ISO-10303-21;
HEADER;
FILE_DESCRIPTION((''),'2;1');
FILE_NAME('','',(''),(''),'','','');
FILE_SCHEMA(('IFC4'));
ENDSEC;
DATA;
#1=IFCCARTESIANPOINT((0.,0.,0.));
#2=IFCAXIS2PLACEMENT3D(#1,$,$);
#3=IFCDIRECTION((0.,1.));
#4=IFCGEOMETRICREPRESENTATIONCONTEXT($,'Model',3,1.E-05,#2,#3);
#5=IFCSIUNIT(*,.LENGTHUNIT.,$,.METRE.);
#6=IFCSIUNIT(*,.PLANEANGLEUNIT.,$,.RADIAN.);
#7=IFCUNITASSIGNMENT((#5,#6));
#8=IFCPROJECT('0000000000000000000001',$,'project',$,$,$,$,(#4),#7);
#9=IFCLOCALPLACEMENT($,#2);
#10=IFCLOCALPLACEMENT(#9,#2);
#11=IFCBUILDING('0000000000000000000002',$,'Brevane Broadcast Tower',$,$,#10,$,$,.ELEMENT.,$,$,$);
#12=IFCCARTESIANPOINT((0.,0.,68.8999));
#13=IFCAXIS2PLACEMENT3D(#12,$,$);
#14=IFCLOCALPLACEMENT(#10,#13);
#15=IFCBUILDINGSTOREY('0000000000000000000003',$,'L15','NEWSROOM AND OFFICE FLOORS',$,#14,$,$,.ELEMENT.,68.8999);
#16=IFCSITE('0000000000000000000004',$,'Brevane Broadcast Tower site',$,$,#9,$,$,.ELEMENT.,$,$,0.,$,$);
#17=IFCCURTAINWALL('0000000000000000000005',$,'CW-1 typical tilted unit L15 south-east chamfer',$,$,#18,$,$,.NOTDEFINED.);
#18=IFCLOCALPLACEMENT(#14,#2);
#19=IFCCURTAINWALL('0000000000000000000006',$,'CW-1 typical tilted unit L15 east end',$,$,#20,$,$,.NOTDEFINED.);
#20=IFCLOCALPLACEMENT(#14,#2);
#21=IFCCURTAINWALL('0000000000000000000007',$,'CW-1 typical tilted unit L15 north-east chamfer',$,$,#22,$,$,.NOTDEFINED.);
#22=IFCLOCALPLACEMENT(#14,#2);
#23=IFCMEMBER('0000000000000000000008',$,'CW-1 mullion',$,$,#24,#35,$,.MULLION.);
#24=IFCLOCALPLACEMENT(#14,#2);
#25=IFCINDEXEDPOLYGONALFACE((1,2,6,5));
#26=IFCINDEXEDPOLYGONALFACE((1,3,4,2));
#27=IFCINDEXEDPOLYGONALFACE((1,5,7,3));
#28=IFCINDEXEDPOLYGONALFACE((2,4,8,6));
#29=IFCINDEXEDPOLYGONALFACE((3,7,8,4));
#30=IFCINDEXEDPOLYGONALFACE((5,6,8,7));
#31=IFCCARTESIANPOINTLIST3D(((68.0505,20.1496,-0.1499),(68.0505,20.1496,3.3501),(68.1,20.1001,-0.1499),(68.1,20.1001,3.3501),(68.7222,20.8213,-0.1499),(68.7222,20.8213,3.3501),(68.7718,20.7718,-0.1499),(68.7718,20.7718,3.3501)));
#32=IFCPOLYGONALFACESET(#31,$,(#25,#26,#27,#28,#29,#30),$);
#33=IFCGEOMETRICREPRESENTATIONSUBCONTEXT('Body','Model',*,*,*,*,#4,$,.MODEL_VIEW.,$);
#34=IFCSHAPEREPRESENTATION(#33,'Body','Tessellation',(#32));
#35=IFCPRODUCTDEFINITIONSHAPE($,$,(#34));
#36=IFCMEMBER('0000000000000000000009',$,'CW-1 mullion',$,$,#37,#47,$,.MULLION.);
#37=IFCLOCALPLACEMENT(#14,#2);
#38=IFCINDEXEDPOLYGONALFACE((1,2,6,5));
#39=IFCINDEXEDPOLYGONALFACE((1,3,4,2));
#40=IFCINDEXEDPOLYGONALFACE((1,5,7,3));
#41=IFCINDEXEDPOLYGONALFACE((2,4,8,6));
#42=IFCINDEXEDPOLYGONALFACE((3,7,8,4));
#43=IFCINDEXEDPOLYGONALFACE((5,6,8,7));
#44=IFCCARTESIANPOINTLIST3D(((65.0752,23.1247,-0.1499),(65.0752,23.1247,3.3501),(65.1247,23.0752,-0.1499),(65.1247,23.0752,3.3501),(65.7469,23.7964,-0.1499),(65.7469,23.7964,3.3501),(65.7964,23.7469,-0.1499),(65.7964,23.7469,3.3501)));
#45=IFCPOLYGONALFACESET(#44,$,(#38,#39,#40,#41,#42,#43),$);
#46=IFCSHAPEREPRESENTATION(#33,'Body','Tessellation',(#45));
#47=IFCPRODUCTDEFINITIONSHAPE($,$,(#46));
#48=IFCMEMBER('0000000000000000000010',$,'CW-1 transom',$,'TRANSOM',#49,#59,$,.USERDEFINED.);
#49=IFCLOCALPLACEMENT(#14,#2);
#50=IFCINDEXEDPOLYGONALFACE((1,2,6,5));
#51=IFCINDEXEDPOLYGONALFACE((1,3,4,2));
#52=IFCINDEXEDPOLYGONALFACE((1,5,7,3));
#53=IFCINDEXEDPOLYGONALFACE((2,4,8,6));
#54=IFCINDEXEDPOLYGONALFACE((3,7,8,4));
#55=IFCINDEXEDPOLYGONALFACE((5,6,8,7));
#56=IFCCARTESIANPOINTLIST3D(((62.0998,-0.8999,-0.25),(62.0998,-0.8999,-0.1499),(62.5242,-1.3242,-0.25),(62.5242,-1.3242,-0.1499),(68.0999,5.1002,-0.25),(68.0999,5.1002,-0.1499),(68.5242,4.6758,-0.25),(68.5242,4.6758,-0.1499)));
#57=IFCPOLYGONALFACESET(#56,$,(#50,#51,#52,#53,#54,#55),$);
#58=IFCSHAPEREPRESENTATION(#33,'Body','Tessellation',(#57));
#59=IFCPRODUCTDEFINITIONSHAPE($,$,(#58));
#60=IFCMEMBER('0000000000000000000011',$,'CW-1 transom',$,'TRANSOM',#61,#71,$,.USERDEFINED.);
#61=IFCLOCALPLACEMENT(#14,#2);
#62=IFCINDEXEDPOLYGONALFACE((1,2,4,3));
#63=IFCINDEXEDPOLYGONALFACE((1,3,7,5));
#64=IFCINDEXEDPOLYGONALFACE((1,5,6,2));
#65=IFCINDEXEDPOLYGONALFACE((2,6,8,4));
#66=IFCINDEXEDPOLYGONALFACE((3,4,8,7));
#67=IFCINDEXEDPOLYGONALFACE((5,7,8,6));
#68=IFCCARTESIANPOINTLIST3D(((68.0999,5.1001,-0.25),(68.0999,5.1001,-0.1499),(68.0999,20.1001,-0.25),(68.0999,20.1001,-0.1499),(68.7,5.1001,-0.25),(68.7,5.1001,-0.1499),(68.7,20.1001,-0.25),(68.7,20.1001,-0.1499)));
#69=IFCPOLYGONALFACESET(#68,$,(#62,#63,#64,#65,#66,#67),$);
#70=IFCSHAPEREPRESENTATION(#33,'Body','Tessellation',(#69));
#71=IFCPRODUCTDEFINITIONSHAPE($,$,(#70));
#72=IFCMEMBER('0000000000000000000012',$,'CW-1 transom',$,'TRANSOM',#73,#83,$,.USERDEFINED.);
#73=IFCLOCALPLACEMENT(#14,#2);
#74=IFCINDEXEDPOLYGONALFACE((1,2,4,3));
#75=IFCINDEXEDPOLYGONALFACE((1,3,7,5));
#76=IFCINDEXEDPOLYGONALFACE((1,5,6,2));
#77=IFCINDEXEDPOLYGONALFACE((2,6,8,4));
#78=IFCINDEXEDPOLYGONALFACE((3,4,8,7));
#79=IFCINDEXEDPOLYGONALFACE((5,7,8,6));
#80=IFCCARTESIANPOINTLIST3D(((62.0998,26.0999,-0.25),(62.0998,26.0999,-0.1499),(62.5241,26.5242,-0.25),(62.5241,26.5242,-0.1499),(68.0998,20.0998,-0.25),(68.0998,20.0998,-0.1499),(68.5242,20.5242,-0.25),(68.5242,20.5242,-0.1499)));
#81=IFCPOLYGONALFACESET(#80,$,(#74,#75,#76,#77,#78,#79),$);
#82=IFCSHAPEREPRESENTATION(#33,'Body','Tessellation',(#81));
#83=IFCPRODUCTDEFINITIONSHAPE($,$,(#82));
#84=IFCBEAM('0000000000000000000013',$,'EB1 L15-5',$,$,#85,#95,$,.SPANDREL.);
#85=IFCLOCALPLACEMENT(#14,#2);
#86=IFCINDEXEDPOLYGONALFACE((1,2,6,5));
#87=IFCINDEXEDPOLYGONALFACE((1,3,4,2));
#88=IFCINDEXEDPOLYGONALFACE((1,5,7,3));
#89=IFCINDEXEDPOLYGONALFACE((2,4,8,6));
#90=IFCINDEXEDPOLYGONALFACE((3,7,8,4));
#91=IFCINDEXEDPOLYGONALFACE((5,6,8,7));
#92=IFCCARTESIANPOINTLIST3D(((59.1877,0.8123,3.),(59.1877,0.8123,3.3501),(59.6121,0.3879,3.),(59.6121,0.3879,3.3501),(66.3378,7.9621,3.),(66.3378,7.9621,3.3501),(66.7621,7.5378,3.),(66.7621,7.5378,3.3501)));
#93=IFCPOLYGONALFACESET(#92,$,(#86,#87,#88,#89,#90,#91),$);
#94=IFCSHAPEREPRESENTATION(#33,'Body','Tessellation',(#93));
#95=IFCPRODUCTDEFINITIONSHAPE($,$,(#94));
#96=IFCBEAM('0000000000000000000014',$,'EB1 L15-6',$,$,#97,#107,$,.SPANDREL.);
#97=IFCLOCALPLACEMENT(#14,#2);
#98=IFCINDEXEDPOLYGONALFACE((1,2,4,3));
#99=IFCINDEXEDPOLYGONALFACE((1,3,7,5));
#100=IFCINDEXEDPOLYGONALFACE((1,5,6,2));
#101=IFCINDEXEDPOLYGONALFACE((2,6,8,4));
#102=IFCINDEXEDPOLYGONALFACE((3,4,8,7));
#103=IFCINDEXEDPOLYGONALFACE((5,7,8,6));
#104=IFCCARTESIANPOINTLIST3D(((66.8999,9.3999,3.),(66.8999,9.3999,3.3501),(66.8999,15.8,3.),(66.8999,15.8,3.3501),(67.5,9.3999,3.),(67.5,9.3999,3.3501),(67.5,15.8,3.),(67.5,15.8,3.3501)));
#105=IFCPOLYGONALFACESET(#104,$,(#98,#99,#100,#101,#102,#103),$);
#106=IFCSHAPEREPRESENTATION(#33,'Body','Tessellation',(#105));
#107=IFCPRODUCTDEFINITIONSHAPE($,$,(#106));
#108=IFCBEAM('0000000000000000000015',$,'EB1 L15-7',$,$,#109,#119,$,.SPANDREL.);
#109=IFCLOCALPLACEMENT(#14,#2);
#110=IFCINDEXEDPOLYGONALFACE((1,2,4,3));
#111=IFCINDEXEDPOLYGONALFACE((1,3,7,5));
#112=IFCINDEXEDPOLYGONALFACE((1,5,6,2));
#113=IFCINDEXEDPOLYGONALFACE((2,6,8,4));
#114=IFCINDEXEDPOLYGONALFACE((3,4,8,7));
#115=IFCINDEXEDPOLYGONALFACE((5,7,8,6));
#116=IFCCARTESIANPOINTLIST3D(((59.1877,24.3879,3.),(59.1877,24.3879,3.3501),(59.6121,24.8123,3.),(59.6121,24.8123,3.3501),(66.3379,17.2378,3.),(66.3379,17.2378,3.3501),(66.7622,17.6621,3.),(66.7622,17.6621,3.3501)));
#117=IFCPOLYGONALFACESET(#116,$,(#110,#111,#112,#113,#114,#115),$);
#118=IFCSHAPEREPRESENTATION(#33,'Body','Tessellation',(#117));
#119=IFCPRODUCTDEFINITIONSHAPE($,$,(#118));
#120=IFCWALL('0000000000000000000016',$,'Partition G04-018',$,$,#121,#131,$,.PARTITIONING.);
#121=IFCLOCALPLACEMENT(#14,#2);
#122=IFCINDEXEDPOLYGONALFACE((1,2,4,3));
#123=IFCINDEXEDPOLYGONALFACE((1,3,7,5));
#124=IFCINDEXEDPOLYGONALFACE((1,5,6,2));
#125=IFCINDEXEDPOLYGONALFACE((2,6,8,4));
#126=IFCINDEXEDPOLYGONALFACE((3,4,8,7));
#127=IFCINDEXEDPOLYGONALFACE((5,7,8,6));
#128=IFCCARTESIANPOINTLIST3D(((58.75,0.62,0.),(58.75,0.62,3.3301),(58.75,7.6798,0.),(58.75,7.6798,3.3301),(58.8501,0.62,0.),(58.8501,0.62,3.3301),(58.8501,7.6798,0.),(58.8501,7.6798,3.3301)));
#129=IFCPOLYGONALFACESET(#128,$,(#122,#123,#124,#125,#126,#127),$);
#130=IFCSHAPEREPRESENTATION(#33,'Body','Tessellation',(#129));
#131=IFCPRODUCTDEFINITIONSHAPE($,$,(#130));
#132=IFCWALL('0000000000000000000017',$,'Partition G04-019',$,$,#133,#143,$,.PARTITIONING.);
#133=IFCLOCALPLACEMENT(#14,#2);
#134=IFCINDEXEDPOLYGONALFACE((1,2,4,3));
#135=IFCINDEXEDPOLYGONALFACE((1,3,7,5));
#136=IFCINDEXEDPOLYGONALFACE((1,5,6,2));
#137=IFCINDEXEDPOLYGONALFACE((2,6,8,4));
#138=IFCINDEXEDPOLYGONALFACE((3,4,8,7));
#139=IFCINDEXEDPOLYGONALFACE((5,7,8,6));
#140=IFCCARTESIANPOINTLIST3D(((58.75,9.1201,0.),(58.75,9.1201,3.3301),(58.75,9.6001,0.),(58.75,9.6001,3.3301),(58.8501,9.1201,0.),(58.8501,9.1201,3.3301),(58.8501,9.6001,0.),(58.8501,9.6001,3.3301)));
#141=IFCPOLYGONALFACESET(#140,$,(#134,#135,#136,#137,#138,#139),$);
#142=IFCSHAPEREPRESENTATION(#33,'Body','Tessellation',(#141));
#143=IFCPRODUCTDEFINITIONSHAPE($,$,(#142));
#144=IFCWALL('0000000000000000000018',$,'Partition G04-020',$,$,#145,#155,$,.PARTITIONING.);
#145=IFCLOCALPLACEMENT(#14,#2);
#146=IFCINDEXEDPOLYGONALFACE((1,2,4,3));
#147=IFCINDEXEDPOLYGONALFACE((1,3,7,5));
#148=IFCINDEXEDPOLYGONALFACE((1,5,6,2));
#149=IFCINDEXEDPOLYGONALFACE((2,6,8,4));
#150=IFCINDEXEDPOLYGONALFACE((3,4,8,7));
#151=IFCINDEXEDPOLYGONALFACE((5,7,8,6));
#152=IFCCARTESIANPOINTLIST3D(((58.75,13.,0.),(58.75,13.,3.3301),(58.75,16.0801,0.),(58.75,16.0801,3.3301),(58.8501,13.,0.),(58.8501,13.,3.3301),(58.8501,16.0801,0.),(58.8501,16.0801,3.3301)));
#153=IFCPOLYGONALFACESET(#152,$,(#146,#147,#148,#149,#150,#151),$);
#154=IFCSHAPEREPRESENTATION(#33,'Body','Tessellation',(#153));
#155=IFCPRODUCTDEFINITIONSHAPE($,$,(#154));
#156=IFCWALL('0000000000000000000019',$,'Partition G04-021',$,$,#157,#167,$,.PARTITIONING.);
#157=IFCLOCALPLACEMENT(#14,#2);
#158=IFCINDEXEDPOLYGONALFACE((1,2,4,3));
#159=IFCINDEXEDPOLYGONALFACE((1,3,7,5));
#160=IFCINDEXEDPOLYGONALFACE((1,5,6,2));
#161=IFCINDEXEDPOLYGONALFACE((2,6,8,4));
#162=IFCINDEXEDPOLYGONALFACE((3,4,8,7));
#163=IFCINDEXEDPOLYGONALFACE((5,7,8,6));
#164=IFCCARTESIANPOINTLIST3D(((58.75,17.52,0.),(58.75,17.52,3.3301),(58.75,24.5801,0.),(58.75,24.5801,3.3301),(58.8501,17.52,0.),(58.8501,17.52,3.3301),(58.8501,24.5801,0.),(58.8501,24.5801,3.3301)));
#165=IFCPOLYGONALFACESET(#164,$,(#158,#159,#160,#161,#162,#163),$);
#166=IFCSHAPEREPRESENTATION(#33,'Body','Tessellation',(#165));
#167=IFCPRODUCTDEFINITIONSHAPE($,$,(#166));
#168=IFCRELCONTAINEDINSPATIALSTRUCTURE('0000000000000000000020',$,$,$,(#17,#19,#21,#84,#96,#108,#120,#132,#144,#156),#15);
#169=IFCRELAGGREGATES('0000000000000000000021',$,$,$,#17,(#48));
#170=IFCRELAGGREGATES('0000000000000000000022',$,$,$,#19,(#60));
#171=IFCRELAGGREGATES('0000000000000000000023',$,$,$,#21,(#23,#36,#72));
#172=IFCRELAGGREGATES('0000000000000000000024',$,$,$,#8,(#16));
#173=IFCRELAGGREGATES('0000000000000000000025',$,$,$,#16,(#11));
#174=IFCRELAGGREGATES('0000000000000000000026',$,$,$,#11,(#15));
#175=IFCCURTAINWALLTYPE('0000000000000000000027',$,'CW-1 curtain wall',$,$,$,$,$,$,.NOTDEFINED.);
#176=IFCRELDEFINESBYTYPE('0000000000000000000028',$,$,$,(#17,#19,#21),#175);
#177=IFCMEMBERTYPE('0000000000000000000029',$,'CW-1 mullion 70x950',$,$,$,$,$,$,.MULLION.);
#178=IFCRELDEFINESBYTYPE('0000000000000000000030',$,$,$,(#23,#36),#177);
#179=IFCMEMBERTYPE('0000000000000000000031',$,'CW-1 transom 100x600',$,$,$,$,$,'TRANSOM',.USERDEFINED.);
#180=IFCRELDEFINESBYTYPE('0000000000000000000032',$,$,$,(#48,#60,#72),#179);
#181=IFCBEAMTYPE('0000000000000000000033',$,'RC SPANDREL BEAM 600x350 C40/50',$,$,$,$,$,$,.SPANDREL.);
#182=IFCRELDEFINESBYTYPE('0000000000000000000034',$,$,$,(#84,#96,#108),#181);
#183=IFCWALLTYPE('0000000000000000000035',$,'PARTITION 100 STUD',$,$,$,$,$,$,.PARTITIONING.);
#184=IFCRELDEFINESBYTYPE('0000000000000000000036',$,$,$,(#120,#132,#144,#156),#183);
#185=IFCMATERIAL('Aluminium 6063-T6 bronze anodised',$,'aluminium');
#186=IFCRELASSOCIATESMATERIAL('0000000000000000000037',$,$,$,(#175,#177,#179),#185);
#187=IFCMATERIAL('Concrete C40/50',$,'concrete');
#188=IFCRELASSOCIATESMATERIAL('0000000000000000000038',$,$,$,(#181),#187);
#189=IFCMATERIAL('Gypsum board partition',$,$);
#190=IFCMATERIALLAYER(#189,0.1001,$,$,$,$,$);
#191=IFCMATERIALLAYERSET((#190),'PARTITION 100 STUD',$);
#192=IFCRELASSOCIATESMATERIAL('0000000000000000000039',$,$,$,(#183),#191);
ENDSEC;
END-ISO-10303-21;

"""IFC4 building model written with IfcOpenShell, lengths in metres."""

from ifc_helpers import new_model, si_unit, direction, frame, frame_2d, origin, origin_2d, place, context, subcontext, project, spatial, rectangle, extrude, material, layer, layer_set, material_profile, profile_set, type_object, element, aggregate, save


model = new_model("IFC4")

# Units and contexts
model_context = context("Model", 3, precision=1e-05, world=origin(), true_north=direction((0.0, 1.0)))
body_context = subcontext(model_context, "Body", "Model", "MODEL_VIEW")
ifc_project = project(units=[si_unit("LENGTHUNIT", "METRE"), si_unit("PLANEANGLEUNIT", "RADIAN")], contexts=[model_context])

# Site, building, storey
site_placement = place(None, origin())
site = spatial("IfcSite", under=ifc_project, at=site_placement, Name="Brevane Broadcast Tower site", CompositionType="ELEMENT", RefElevation=0.0)
building_placement = place(site_placement, origin())
building = spatial("IfcBuilding", under=site, at=building_placement, Name="Brevane Broadcast Tower", CompositionType="ELEMENT")
storey_placement = place(building_placement, frame((0.0, 0.0, 68.8999)))
storey = spatial("IfcBuildingStorey", under=building, at=storey_placement, Name="L15", Description="NEWSROOM AND OFFICE FLOORS", CompositionType="ELEMENT", Elevation=68.8999)

# Curtain walls, members
ifc_material_1 = material(Name="Aluminium 6063-T6 bronze anodised", Category="aluminium")
curtain_wall_type = type_object("IfcCurtainWallType", Name="CW-1 curtain wall", PredefinedType="NOTDEFINED", material=ifc_material_1)
ifc_material_profile_1 = material_profile(ifc_material_1, rectangle(XDim=0.95, YDim=0.0701, at=origin_2d()), Name="RECT 70x950")
ifc_profile_set_1 = profile_set([ifc_material_profile_1], Name="Aluminium 6063-T6 bronze anodised")
member_type_1 = type_object("IfcMemberType", Name="CW-1 mullion 70x950", PredefinedType="MULLION", material=ifc_profile_set_1)
curtain_wall_1_placement = place(storey_placement, origin())
curtain_wall_1 = element("IfcCurtainWall", 1, at=curtain_wall_1_placement, inside=storey, type_object=curtain_wall_type, Name="CW-1 typical tilted unit L15 south-east chamfer", PredefinedType="NOTDEFINED")
curtain_wall_2_placement = place(storey_placement, origin())
curtain_wall_2 = element("IfcCurtainWall", 2, at=curtain_wall_2_placement, inside=storey, type_object=curtain_wall_type, Name="CW-1 typical tilted unit L15 east end", PredefinedType="NOTDEFINED")
curtain_wall_3_placement = place(storey_placement, origin())
curtain_wall_3 = element("IfcCurtainWall", 3, at=curtain_wall_3_placement, inside=storey, type_object=curtain_wall_type, Name="CW-1 typical tilted unit L15 north-east chamfer", PredefinedType="NOTDEFINED")
member_1_placement = place(storey_placement, frame((68.4111, 20.4607, -0.1499), z_axis=(0.0, 0.0, 1.0), x_axis=(-0.707107, -0.707107, 0.0)))
member_1 = element("IfcMember", 4, at=member_1_placement, type_object=member_type_1, Name="CW-1 mullion", PredefinedType="MULLION", context=body_context, shape_type="SweptSolid", body=[
    extrude(rectangle(XDim=0.95, YDim=0.0701, at=origin_2d()), origin(), (0.0, 0.0, 1.0), 3.5),
])
member_2_placement = place(storey_placement, frame((65.4358, 23.4358, -0.1499), z_axis=(0.0, 0.0, 1.0), x_axis=(-0.707107, -0.707107, 0.0)))
member_2 = element("IfcMember", 5, at=member_2_placement, type_object=member_type_1, Name="CW-1 mullion", PredefinedType="MULLION", context=body_context, shape_type="SweptSolid", body=[
    extrude(rectangle(XDim=0.95, YDim=0.0701, at=origin_2d()), origin(), (0.0, 0.0, 1.0), 3.5),
])

# Members
ifc_material_profile_2 = material_profile(ifc_material_1, rectangle(XDim=0.6001, YDim=0.1001, at=origin_2d()), Name="RECT 100x600")
ifc_profile_set_2 = profile_set([ifc_material_profile_2], Name="Aluminium 6063-T6 bronze anodised")
member_type_2 = type_object("IfcMemberType", Name="CW-1 transom 100x600", ElementType="TRANSOM", PredefinedType="USERDEFINED", material=ifc_profile_set_2)
member_3_placement = place(storey_placement, frame((62.312, -1.1121, -0.2), z_axis=(0.707107, 0.707107, 0.0), x_axis=(-0.707107, 0.707107, 0.0)))
member_3 = element("IfcMember", 6, at=member_3_placement, type_object=member_type_2, Name="CW-1 transom", ObjectType="TRANSOM", PredefinedType="USERDEFINED", context=body_context, shape_type="SweptSolid", body=[
    extrude(rectangle(XDim=0.6001, YDim=0.1001, at=origin_2d()), origin(), (0.0, 0.0, 1.0), 8.4854),
])
aggregate(curtain_wall_1, [member_3])
member_4_placement = place(storey_placement, frame((68.3999, 5.1001, -0.2), z_axis=(0.0, 1.0, 0.0), x_axis=(-1.0, 0.0, 0.0)))
member_4 = element("IfcMember", 7, at=member_4_placement, type_object=member_type_2, Name="CW-1 transom", ObjectType="TRANSOM", PredefinedType="USERDEFINED", context=body_context, shape_type="SweptSolid", body=[
    extrude(rectangle(XDim=0.6001, YDim=0.1001, at=origin_2d()), origin(), (0.0, 0.0, 1.0), 15.0),
])
aggregate(curtain_wall_2, [member_4])
member_5_placement = place(storey_placement, frame((68.312, 20.312, -0.2), z_axis=(-0.707107, 0.707107, 0.0), x_axis=(-0.707107, -0.707107, 0.0)))
member_5 = element("IfcMember", 8, at=member_5_placement, type_object=member_type_2, Name="CW-1 transom", ObjectType="TRANSOM", PredefinedType="USERDEFINED", context=body_context, shape_type="SweptSolid", body=[
    extrude(rectangle(XDim=0.6001, YDim=0.1001, at=origin_2d()), origin(), (0.0, 0.0, 1.0), 8.4854),
])
aggregate(curtain_wall_3, [member_1, member_2, member_5])

# Beams
ifc_material_2 = material(Name="Concrete C40/50", Category="concrete")
ifc_material_profile_3 = material_profile(ifc_material_2, rectangle(XDim=0.6001, YDim=0.3501, at=origin_2d()), Name="RC 600x350")
ifc_profile_set_3 = profile_set([ifc_material_profile_3], Name="Concrete C40/50")
beam_type = type_object("IfcBeamType", Name="RC SPANDREL BEAM 600x350 C40/50", PredefinedType="SPANDREL", material=ifc_profile_set_3)
beam_1_placement = place(storey_placement, frame((59.3999, 0.6001, 3.175), z_axis=(0.707119, 0.707095, 0.0), x_axis=(-0.707095, 0.707119, 0.0)))
element("IfcBeam", 9, at=beam_1_placement, inside=storey, type_object=beam_type, Name="EB1 L15-5", PredefinedType="SPANDREL", context=body_context, shape_type="SweptSolid", body=[
    extrude(rectangle(XDim=0.6001, YDim=0.3501, at=origin_2d()), origin(), (0.0, 0.0, 1.0), 10.1116),
])
beam_2_placement = place(storey_placement, frame((67.2, 9.3999, 3.175), z_axis=(0.0, 1.0, 0.0), x_axis=(-1.0, 0.0, 0.0)))
element("IfcBeam", 10, at=beam_2_placement, inside=storey, type_object=beam_type, Name="EB1 L15-6", PredefinedType="SPANDREL", context=body_context, shape_type="SweptSolid", body=[
    extrude(rectangle(XDim=0.6001, YDim=0.3501, at=origin_2d()), origin(), (0.0, 0.0, 1.0), 6.4001),
])
beam_3_placement = place(storey_placement, frame((66.55, 17.45, 3.175), z_axis=(-0.707107, 0.707107, 0.0), x_axis=(-0.707107, -0.707107, 0.0)))
element("IfcBeam", 11, at=beam_3_placement, inside=storey, type_object=beam_type, Name="EB1 L15-7", PredefinedType="SPANDREL", context=body_context, shape_type="SweptSolid", body=[
    extrude(rectangle(XDim=0.6001, YDim=0.3501, at=origin_2d()), origin(), (0.0, 0.0, 1.0), 10.1118),
])

# Walls
ifc_material_3 = material(Name="Gypsum board partition")
ifc_layer_1 = layer(ifc_material_3, 0.1001)
ifc_layer_set_1 = layer_set([ifc_layer_1], Name="PARTITION 100 STUD")
wall_type_1 = type_object("IfcWallType", Name="PARTITION 100 STUD", PredefinedType="PARTITIONING", material=ifc_layer_set_1)
wall_1_placement = place(storey_placement, frame((58.8, 0.6201, 0.0), z_axis=(0.0, 0.0, 1.0), x_axis=(0.0, 1.0, 0.0)))
element("IfcWall", 12, at=wall_1_placement, inside=storey, type_object=wall_type_1, Name="Partition G04-018", PredefinedType="PARTITIONING", context=body_context, shape_type="SweptSolid", body=[
    extrude(rectangle(XDim=7.0598, YDim=0.1001, at=frame_2d((3.5298, 0.0))), origin(), (0.0, 0.0, 1.0), 3.3301),
])
wall_2_placement = place(storey_placement, frame((58.8, 9.1201, 0.0), z_axis=(0.0, 0.0, 1.0), x_axis=(0.0, 1.0, 0.0)))
element("IfcWall", 13, at=wall_2_placement, inside=storey, type_object=wall_type_1, Name="Partition G04-019", PredefinedType="PARTITIONING", context=body_context, shape_type="SweptSolid", body=[
    extrude(rectangle(XDim=0.48, YDim=0.1001, at=frame_2d((0.24, 0.0))), origin(), (0.0, 0.0, 1.0), 3.3301),
])
wall_3_placement = place(storey_placement, frame((58.8, 13.0, 0.0), z_axis=(0.0, 0.0, 1.0), x_axis=(0.0, 1.0, 0.0)))
element("IfcWall", 14, at=wall_3_placement, inside=storey, type_object=wall_type_1, Name="Partition G04-020", PredefinedType="PARTITIONING", context=body_context, shape_type="SweptSolid", body=[
    extrude(rectangle(XDim=3.0801, YDim=0.1001, at=frame_2d((1.54, 0.0))), origin(), (0.0, 0.0, 1.0), 3.3301),
])
wall_4_placement = place(storey_placement, frame((58.8, 17.52, 0.0), z_axis=(0.0, 0.0, 1.0), x_axis=(0.0, 1.0, 0.0)))
element("IfcWall", 15, at=wall_4_placement, inside=storey, type_object=wall_type_1, Name="Partition G04-021", PredefinedType="PARTITIONING", context=body_context, shape_type="SweptSolid", body=[
    extrude(rectangle(XDim=7.0601, YDim=0.1001, at=frame_2d((3.53, 0.0))), origin(), (0.0, 0.0, 1.0), 3.3301),
])

save(model, "model.ifc")
